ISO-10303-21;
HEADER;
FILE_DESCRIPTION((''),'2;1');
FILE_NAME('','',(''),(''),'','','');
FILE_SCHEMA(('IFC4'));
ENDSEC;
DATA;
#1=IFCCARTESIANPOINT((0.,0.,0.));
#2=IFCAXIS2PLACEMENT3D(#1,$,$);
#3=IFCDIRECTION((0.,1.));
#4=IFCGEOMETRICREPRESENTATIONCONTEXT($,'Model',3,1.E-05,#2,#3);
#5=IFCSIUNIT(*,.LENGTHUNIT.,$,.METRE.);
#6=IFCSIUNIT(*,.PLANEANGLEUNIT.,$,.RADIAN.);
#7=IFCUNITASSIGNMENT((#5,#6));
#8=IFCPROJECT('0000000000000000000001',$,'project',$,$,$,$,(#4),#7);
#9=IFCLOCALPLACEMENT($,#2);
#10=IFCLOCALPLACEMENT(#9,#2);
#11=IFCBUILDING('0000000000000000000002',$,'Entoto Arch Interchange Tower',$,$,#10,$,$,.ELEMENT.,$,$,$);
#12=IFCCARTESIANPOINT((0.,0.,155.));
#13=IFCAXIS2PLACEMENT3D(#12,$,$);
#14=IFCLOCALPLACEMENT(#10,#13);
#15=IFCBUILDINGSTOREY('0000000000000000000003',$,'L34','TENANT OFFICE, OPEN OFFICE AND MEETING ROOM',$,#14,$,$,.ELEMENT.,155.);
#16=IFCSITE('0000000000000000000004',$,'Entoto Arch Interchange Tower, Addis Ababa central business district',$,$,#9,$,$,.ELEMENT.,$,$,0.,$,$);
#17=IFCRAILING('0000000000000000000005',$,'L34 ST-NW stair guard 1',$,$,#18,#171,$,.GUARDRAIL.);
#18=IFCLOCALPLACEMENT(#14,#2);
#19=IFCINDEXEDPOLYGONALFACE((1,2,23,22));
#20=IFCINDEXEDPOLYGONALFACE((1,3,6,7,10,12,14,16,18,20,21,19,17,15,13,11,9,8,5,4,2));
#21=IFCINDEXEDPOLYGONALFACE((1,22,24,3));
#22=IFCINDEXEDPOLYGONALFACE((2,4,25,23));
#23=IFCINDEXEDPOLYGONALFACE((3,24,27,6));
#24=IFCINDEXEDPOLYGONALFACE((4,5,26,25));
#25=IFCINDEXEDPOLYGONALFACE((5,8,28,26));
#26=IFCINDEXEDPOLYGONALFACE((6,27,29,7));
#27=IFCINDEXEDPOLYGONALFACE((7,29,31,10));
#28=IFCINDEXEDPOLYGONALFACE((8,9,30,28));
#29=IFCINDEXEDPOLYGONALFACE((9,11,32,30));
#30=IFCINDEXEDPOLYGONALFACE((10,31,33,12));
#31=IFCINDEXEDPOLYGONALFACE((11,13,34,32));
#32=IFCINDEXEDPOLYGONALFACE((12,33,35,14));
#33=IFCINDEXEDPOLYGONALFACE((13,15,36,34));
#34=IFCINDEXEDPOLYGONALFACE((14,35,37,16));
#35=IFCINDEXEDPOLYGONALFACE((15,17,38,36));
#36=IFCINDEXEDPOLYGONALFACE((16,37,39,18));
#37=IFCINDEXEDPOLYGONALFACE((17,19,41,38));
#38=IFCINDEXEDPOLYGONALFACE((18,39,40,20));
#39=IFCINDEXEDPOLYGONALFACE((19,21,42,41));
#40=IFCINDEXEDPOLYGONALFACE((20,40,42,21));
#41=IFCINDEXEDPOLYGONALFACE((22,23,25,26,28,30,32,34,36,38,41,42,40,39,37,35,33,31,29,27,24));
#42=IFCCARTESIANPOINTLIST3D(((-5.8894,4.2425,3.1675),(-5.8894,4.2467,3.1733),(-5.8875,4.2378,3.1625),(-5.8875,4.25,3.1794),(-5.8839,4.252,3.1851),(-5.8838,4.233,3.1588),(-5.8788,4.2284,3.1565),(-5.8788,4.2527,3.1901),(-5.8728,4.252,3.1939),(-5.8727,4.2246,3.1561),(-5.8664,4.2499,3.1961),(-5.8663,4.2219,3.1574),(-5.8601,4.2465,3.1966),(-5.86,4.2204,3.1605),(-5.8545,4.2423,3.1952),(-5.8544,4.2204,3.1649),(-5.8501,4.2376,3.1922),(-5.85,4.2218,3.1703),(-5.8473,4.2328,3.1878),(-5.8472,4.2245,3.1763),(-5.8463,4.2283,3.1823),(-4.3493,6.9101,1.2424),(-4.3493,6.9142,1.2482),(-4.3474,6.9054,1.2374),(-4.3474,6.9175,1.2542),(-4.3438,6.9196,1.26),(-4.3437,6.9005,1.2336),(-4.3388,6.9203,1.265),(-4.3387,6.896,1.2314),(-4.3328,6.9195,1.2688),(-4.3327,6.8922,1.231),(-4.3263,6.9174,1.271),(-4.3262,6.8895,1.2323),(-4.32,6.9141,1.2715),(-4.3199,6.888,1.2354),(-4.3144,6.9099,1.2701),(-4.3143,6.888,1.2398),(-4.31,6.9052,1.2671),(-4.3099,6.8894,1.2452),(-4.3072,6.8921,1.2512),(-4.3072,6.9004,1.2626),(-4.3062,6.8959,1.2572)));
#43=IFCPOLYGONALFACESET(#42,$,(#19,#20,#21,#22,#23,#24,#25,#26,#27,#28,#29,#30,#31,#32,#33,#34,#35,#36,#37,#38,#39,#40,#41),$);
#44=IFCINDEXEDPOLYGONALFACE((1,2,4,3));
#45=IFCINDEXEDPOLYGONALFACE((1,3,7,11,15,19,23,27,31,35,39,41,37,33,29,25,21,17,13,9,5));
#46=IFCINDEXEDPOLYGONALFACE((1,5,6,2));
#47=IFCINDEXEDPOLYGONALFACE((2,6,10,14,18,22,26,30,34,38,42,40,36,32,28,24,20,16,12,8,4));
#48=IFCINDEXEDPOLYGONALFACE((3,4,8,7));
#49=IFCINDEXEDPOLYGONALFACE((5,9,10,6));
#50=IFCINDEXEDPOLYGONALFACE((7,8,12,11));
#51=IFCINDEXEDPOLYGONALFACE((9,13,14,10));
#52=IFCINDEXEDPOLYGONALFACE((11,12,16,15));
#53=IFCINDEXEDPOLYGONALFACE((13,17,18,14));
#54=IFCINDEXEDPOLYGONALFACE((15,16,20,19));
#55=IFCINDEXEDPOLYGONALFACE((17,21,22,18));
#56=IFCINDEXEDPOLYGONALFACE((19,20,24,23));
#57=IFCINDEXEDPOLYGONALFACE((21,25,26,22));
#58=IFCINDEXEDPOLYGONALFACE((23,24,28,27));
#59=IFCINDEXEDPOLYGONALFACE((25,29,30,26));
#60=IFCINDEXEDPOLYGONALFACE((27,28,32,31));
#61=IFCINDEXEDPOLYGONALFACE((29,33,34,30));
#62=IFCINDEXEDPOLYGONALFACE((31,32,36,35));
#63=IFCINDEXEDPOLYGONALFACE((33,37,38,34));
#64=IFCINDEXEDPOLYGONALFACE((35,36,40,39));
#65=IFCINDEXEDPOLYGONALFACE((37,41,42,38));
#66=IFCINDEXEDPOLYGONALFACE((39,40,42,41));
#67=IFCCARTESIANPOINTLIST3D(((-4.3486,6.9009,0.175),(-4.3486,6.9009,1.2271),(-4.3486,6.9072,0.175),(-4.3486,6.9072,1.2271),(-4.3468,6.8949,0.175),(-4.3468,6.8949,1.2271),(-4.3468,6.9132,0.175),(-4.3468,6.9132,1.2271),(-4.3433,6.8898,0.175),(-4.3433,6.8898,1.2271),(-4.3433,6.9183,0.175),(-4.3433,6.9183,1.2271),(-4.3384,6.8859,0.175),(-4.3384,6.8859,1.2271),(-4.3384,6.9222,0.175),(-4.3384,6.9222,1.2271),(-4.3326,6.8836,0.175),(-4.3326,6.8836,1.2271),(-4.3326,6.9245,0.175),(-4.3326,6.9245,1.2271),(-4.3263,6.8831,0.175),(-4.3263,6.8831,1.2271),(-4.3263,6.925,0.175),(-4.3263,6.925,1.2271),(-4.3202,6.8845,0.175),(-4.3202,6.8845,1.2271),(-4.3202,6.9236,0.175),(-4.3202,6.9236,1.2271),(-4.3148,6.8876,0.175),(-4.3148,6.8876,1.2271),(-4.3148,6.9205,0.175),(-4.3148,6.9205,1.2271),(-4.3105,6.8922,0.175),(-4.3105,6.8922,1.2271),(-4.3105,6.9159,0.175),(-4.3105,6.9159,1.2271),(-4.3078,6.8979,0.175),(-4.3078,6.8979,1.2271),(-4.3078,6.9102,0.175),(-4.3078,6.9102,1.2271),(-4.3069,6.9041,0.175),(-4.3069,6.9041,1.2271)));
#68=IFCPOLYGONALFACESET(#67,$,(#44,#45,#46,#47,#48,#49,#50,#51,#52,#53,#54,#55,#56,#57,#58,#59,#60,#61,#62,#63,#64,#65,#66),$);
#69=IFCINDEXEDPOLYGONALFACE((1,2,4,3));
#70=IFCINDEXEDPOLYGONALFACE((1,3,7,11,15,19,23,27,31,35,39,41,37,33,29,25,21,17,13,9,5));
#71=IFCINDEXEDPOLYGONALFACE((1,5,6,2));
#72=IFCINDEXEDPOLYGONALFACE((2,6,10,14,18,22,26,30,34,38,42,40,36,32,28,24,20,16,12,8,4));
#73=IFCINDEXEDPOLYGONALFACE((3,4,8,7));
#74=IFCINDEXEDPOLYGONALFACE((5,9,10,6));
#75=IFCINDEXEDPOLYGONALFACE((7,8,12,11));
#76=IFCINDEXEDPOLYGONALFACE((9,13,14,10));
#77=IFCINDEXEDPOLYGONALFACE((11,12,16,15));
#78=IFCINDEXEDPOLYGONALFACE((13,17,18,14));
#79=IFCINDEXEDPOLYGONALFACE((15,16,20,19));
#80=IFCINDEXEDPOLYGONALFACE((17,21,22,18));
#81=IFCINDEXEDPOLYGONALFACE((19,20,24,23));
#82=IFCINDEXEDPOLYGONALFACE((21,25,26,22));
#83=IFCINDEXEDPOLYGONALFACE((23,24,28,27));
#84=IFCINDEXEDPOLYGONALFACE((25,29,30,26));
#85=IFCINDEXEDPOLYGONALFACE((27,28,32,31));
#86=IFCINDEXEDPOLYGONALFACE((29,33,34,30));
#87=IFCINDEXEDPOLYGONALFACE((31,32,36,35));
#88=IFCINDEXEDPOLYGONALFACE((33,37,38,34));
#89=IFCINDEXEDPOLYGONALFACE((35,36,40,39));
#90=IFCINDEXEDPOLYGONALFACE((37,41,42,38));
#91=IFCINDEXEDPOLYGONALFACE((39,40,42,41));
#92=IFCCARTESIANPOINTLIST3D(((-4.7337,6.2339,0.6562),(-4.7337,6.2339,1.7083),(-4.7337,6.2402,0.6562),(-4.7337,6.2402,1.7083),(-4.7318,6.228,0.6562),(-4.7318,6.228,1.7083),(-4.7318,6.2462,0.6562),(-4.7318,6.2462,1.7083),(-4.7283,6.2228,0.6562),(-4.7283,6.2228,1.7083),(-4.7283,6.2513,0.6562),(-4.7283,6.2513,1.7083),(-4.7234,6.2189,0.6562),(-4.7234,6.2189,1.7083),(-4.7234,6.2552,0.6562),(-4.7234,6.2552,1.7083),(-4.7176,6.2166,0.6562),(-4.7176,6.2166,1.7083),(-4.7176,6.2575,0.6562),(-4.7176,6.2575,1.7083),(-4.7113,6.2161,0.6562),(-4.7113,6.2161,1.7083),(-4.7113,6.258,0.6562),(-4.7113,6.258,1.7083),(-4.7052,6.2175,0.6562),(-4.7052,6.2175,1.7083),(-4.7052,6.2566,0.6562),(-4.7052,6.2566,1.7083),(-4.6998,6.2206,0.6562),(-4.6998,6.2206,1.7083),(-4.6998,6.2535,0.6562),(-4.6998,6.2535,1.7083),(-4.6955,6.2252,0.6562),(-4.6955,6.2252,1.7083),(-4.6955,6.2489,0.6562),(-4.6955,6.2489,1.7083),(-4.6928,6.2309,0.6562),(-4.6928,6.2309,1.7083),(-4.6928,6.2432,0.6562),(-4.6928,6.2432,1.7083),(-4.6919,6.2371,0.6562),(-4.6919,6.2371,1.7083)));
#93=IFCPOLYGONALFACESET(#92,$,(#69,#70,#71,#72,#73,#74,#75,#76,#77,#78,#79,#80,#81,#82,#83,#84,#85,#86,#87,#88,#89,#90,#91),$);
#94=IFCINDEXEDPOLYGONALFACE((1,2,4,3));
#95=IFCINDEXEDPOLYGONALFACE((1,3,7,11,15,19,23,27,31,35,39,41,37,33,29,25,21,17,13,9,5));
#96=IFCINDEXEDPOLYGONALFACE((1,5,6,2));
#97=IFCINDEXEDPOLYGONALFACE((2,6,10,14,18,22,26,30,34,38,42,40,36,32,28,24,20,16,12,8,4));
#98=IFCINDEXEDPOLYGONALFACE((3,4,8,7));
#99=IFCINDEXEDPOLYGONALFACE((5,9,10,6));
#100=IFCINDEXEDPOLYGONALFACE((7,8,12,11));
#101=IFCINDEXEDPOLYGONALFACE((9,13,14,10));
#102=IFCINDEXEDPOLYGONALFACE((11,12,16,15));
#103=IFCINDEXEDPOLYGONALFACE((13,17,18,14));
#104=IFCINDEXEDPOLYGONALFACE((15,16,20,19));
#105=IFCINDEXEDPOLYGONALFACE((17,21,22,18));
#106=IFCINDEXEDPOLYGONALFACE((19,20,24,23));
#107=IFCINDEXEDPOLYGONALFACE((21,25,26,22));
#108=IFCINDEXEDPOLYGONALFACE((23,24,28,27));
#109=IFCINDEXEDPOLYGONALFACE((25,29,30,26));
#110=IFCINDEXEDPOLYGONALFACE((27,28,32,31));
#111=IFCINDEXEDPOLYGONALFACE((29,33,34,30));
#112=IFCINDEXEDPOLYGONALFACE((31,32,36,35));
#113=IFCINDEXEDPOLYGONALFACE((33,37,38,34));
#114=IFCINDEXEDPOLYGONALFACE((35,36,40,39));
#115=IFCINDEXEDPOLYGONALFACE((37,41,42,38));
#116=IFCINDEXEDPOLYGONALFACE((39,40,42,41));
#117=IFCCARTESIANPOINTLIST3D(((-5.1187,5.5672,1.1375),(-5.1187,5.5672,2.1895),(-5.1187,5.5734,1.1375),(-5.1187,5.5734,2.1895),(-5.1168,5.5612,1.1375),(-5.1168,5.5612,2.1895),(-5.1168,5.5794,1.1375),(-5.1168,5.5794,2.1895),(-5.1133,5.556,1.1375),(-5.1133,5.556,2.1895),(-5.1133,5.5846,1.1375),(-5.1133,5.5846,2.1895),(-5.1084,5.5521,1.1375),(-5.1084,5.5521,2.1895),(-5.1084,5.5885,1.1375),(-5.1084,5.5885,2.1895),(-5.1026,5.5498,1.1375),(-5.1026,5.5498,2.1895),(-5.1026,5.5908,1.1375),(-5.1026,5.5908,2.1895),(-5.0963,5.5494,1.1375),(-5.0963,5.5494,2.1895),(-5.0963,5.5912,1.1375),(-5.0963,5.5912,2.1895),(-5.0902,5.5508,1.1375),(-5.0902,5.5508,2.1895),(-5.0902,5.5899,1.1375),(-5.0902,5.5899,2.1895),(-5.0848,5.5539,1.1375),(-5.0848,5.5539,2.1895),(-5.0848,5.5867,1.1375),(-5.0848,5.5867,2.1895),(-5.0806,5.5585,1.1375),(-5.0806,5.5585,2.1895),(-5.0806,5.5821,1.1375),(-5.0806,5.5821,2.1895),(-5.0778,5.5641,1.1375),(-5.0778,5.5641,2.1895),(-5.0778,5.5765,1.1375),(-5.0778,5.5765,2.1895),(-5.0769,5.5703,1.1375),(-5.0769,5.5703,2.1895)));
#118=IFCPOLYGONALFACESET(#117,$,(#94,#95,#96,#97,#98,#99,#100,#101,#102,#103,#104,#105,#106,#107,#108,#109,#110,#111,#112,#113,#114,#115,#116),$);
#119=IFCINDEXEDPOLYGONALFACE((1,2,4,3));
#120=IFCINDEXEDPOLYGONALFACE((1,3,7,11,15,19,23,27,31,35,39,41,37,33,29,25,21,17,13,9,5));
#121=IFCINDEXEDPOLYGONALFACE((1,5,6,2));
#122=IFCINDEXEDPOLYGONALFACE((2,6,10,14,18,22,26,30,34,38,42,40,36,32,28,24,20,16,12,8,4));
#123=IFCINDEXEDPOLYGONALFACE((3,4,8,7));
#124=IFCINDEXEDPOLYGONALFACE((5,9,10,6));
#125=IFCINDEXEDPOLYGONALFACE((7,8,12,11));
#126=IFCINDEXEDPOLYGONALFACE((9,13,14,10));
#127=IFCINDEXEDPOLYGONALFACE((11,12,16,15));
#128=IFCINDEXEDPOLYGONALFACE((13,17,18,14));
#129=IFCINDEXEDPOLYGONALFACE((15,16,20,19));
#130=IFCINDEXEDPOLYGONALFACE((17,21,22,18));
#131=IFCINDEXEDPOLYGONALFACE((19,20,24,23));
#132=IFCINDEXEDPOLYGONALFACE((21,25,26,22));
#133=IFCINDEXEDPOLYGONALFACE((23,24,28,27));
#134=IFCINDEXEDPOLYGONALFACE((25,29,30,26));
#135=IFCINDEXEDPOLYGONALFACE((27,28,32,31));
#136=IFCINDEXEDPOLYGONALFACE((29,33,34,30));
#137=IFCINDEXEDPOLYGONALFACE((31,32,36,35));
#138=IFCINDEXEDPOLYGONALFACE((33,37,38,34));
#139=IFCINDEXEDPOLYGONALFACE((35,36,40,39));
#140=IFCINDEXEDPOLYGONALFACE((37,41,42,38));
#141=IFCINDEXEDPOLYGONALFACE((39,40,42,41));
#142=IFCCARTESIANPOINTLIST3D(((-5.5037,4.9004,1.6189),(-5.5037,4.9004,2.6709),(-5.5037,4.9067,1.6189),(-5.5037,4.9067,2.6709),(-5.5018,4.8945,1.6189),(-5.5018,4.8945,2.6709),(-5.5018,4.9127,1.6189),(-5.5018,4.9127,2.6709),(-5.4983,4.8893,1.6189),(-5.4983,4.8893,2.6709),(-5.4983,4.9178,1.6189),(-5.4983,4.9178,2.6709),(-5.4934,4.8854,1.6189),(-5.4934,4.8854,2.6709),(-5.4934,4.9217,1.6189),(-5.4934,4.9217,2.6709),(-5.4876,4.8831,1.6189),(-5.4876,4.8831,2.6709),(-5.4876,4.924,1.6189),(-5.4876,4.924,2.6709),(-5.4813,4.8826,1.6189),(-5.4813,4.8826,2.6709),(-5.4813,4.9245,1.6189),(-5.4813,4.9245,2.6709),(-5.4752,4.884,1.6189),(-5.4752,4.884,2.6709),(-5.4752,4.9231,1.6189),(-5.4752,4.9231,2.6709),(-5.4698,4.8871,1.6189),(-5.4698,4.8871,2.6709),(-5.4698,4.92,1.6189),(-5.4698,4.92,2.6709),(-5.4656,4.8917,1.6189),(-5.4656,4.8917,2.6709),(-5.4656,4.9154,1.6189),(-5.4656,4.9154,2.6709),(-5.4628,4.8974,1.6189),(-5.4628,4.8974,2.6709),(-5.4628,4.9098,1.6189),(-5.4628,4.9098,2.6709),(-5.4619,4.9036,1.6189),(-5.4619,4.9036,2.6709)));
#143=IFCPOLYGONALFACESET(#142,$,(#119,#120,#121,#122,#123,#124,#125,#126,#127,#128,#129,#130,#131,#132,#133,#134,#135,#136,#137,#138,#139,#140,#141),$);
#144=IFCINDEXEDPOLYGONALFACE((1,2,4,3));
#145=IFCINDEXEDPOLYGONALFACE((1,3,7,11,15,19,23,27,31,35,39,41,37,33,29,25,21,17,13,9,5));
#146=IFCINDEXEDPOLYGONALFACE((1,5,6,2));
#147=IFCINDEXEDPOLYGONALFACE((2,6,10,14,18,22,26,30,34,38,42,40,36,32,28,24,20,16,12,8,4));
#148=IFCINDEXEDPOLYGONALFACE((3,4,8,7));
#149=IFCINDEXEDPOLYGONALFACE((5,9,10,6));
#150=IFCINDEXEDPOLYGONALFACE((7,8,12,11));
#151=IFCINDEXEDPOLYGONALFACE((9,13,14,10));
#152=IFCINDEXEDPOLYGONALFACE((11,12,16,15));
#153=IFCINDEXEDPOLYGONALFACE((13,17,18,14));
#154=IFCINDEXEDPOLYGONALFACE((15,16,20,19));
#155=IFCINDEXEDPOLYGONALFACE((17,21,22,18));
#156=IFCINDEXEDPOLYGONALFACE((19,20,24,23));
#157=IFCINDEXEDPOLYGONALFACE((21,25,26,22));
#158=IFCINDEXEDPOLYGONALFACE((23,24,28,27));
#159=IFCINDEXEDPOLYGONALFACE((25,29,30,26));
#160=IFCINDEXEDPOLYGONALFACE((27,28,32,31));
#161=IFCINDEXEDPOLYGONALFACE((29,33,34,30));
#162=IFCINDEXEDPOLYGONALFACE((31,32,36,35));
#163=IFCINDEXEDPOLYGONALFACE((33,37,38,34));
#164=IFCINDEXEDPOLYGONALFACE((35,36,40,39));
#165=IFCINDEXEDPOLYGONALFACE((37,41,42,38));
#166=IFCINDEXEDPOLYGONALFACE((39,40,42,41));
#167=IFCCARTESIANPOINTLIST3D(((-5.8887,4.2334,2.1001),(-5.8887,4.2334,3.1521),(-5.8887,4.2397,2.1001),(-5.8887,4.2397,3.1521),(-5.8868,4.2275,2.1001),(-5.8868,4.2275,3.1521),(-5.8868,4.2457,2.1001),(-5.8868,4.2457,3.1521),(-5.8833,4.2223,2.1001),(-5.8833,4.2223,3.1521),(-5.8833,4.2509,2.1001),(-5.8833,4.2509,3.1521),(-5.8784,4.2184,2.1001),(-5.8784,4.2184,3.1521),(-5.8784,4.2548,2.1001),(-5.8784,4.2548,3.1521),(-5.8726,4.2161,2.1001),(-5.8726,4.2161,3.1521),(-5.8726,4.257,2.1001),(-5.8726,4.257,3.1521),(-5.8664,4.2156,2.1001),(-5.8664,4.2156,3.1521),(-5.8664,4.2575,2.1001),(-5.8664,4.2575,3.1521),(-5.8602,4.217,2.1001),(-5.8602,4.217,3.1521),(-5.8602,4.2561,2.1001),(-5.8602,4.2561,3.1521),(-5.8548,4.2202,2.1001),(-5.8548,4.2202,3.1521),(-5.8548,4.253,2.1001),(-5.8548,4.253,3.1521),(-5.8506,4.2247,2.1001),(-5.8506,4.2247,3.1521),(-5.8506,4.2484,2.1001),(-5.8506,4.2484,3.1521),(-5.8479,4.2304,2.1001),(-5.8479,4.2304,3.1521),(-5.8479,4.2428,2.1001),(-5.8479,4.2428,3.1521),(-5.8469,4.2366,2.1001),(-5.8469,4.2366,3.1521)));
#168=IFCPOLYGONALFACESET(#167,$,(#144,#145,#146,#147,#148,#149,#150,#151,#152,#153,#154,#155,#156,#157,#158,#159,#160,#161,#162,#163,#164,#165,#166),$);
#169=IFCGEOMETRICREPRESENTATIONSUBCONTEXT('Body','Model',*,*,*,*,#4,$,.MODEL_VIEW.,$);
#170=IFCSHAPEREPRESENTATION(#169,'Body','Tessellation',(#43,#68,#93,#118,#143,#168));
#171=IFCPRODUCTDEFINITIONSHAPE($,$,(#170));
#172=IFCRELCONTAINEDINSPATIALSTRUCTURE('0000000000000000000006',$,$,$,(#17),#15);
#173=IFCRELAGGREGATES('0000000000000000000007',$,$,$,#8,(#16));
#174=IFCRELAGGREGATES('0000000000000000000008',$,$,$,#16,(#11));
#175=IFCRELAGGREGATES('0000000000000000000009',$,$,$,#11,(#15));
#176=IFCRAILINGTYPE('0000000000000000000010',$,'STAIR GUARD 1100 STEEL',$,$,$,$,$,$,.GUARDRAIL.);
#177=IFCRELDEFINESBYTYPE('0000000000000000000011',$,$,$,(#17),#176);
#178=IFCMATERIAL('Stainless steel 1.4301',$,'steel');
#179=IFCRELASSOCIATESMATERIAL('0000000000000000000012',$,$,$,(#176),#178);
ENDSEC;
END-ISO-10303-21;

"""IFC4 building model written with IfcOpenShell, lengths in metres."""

from ifc_helpers import new_model, si_unit, direction, frame, origin, origin_2d, place, context, subcontext, project, spatial, circle, extrude, material, type_object, element, save


model = new_model("IFC4")

# Units and contexts
model_context = context("Model", 3, precision=1e-05, world=origin(), true_north=direction((0.0, 1.0)))
body_context = subcontext(model_context, "Body", "Model", "MODEL_VIEW")
ifc_project = project(units=[si_unit("LENGTHUNIT", "METRE"), si_unit("PLANEANGLEUNIT", "RADIAN")], contexts=[model_context])

# Site, building, storey
site_placement = place(None, origin())
site = spatial("IfcSite", under=ifc_project, at=site_placement, Name="Entoto Arch Interchange Tower, Addis Ababa central business district", CompositionType="ELEMENT", RefElevation=0.0)
building_placement = place(site_placement, origin())
building = spatial("IfcBuilding", under=site, at=building_placement, Name="Entoto Arch Interchange Tower", CompositionType="ELEMENT")
storey_placement = place(building_placement, frame((0.0, 0.0, 155.0)))
storey = spatial("IfcBuildingStorey", under=building, at=storey_placement, Name="L34", Description="TENANT OFFICE, OPEN OFFICE AND MEETING ROOM", CompositionType="ELEMENT", Elevation=155.0)

# Railing
ifc_material_1 = material(Name="Stainless steel 1.4301", Category="steel")
railing_type_1 = type_object("IfcRailingType", Name="STAIR GUARD 1100 STEEL", PredefinedType="GUARDRAIL", material=ifc_material_1)
railing_1_placement = place(storey_placement, frame((-4.3279, 6.9041, 0.175)))
element("IfcRailing", 1, at=railing_1_placement, inside=storey, type_object=railing_type_1, Name="L34 ST-NW stair guard 1", PredefinedType="GUARDRAIL", context=body_context, shape_type="SweptSolid", body=[
    extrude(circle(Radius=0.0239, at=origin_2d()), frame((0.0, 0.0, 1.0762), z_axis=(-0.423994, -0.734395, 0.529993), x_axis=(0.86603, -0.499992, 0.0)), (0.0, 0.0, 1.0), 3.6323),
    extrude(circle(Radius=0.021, at=origin_2d()), origin(), (0.0, 0.0, 1.0), 1.052),
    extrude(circle(Radius=0.021, at=origin_2d()), frame((-0.385, -0.667, 0.4812)), (0.0, 0.0, 1.0), 1.052),
    extrude(circle(Radius=0.021, at=origin_2d()), frame((-0.77, -1.3337, 0.9624)), (0.0, 0.0, 1.0), 1.052),
    extrude(circle(Radius=0.021, at=origin_2d()), frame((-1.155, -2.0005, 1.4438)), (0.0, 0.0, 1.0), 1.052),
    extrude(circle(Radius=0.021, at=origin_2d()), frame((-1.54, -2.6675, 1.925)), (0.0, 0.0, 1.0), 1.052),
])

save(model, "model.ifc")
